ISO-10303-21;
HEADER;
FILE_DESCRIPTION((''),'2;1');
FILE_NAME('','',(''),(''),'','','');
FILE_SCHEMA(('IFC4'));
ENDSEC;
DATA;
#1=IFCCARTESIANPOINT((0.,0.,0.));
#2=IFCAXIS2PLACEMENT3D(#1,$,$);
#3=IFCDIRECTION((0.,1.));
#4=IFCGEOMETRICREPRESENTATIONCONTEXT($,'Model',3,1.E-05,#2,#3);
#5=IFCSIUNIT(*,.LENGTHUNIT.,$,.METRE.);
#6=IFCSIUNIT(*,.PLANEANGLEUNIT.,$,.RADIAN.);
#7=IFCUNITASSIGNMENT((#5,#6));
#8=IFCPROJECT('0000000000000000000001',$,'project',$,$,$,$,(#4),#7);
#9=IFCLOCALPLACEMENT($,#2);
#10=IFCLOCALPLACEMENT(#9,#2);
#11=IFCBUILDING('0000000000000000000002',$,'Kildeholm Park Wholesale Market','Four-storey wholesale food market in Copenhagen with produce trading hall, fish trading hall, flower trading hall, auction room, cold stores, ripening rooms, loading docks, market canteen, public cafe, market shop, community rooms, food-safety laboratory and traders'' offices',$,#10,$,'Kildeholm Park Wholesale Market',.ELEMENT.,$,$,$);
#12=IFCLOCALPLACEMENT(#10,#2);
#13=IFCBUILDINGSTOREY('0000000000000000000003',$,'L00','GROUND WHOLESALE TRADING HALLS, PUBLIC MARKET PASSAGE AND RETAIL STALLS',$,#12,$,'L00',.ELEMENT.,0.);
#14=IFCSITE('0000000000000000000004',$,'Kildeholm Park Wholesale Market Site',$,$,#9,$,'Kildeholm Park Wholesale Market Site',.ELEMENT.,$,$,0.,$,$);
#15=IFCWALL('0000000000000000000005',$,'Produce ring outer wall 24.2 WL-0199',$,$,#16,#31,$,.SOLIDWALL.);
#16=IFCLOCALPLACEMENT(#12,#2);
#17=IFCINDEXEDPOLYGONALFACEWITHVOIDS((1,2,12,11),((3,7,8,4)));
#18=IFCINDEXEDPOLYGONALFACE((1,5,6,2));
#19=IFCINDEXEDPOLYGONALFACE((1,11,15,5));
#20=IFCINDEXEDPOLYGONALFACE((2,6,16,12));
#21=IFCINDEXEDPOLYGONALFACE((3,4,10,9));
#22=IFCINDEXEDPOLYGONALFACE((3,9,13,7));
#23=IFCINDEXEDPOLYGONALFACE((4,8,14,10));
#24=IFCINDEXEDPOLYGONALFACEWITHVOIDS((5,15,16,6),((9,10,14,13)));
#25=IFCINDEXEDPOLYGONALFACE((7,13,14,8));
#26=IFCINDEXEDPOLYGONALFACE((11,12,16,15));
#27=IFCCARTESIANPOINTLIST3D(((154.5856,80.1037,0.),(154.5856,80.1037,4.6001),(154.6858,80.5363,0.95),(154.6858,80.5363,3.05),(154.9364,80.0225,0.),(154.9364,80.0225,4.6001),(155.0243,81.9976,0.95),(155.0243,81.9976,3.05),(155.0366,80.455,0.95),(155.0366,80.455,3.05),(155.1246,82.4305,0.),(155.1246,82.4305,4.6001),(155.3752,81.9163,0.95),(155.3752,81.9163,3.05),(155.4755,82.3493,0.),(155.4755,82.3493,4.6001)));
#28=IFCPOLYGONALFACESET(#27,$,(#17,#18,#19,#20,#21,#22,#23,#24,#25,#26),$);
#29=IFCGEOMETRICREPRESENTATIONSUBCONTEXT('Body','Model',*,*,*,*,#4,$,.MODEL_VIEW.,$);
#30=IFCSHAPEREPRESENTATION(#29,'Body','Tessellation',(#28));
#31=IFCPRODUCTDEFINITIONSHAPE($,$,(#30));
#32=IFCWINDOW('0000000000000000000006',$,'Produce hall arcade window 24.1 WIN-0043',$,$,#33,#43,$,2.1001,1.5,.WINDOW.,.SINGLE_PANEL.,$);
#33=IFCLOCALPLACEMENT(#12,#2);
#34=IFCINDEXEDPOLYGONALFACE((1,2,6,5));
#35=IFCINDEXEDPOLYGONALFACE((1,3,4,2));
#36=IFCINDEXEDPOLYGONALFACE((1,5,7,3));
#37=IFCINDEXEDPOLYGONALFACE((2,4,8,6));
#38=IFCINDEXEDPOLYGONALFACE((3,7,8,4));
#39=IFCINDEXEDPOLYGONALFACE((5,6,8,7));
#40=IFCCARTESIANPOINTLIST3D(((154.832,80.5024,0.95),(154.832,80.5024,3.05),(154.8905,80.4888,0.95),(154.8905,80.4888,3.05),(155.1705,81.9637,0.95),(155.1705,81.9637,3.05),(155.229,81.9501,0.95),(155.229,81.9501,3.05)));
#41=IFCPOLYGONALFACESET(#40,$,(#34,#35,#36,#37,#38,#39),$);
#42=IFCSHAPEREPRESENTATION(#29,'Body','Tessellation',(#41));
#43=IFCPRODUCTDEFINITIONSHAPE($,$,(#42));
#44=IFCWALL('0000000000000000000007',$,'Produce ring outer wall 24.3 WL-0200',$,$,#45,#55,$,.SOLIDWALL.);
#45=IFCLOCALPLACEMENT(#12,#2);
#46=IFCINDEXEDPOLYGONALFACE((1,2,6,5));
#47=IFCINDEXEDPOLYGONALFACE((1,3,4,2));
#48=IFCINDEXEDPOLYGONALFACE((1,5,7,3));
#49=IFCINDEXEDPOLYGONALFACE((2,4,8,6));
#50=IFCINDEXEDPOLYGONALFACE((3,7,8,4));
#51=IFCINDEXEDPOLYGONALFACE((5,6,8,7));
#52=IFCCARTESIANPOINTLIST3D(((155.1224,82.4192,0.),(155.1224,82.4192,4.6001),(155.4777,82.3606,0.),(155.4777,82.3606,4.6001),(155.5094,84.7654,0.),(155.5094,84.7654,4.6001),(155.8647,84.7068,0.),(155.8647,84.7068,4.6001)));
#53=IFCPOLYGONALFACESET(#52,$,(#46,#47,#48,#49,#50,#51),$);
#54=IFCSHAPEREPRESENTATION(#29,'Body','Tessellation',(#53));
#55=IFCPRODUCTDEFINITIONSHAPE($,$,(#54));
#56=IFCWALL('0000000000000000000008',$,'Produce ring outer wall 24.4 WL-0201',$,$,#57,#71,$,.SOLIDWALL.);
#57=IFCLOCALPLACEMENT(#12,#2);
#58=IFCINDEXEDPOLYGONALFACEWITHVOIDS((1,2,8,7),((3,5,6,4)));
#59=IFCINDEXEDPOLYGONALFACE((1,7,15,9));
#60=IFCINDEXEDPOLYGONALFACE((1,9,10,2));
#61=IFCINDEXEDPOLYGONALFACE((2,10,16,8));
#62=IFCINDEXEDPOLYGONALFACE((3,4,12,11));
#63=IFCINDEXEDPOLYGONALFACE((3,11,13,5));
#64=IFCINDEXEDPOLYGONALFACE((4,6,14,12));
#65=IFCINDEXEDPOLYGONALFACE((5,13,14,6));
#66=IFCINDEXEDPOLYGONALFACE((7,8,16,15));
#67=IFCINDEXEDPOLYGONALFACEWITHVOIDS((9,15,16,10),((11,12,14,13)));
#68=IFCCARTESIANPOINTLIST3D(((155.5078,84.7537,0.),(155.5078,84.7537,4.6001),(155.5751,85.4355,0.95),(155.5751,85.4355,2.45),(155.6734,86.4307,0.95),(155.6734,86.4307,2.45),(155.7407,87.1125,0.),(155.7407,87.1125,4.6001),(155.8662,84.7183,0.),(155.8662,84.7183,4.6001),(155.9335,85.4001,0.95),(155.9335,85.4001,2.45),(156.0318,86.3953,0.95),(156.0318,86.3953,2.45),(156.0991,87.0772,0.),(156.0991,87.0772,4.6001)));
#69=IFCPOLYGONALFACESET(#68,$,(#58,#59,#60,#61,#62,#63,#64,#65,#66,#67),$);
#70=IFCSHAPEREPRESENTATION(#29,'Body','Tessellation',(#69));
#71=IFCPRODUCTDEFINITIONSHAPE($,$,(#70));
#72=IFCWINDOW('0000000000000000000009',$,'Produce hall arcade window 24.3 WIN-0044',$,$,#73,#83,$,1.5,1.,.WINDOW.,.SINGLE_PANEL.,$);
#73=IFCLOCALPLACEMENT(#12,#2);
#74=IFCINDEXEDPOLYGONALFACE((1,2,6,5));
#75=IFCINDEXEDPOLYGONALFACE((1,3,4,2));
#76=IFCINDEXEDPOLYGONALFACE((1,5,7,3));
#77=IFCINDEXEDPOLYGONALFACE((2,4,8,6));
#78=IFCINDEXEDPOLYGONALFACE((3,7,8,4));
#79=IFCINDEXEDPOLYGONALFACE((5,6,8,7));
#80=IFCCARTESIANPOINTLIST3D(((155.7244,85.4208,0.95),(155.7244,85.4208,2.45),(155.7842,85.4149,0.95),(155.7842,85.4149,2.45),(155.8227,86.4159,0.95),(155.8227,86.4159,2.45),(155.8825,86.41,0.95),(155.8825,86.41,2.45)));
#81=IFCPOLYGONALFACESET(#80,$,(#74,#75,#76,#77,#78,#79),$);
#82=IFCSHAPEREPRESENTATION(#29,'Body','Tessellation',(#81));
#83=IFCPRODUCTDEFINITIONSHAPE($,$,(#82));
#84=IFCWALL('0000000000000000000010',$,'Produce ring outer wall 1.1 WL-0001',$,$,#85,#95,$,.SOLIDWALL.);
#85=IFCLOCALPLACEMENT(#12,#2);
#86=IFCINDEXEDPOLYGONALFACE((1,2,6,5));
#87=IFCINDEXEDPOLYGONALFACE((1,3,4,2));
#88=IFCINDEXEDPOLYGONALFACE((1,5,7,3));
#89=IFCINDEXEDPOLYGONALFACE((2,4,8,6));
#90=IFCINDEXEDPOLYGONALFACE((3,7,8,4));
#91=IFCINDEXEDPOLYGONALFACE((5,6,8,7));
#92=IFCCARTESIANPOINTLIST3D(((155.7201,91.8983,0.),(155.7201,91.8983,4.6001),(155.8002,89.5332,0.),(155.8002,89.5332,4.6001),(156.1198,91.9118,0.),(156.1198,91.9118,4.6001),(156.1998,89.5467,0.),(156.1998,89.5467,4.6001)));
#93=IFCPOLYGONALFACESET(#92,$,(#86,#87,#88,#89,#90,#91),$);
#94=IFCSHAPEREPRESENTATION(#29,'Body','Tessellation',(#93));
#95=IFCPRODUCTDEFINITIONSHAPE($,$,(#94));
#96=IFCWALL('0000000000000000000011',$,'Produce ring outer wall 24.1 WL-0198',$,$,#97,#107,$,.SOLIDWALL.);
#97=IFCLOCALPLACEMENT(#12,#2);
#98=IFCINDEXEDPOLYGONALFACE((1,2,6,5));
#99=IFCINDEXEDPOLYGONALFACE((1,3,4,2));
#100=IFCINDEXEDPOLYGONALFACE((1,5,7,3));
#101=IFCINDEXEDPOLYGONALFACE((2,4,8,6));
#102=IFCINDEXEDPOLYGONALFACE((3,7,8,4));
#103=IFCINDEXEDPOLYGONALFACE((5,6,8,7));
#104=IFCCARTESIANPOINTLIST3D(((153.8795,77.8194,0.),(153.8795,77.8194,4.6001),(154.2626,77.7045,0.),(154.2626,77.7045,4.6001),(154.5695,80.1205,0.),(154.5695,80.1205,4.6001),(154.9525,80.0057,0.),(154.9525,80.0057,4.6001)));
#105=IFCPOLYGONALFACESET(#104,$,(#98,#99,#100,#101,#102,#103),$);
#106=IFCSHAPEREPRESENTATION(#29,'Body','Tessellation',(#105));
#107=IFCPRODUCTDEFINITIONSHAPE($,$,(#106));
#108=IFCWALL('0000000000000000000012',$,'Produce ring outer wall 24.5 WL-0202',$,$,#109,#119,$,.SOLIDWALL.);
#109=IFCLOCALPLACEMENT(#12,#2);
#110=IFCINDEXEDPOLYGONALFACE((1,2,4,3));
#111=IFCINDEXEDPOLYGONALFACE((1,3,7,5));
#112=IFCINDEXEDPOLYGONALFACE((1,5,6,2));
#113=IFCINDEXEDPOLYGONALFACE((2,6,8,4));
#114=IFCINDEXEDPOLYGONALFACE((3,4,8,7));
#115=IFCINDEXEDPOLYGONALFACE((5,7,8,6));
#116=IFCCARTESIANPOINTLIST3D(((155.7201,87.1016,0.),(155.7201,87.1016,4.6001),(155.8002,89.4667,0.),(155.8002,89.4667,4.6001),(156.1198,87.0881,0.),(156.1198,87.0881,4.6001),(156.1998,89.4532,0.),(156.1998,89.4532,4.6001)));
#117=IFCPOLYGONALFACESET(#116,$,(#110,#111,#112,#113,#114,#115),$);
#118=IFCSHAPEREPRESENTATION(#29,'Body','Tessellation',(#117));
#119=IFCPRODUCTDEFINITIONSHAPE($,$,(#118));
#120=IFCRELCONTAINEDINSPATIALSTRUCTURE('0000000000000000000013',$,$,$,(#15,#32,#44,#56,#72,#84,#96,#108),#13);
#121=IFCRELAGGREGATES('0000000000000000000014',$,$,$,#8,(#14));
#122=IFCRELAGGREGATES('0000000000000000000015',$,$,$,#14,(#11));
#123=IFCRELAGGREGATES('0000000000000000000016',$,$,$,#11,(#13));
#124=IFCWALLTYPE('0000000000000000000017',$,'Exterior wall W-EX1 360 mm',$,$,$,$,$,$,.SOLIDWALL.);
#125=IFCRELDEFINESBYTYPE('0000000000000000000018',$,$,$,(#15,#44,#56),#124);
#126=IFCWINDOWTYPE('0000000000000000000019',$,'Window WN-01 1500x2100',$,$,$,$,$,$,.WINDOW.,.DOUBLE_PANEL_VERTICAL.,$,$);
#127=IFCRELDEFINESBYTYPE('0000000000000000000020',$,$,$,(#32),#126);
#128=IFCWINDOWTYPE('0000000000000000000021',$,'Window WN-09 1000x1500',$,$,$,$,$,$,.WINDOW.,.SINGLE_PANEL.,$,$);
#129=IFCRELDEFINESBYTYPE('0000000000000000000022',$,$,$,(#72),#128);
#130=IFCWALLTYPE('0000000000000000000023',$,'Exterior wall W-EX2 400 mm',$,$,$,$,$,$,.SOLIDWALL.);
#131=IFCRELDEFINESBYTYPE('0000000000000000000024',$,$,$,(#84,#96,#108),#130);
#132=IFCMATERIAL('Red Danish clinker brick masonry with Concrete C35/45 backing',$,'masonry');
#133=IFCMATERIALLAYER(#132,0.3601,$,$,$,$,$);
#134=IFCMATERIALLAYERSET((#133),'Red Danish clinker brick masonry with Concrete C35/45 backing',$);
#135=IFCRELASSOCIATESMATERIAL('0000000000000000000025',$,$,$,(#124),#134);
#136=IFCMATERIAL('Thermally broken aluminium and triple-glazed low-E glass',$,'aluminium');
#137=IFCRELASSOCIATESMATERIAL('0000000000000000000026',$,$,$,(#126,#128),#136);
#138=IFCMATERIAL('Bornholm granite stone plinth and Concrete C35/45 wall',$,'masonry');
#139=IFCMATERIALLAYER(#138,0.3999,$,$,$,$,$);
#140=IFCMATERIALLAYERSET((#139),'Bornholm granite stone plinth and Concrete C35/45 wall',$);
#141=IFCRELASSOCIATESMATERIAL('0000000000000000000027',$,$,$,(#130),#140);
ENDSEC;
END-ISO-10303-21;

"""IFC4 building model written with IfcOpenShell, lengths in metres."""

from ifc_helpers import new_model, si_unit, direction, frame, frame_2d, origin, place, context, subcontext, project, spatial, rectangle, extrude, material, layer, layer_set, type_object, element, fill, save


model = new_model("IFC4")

# Units and contexts
model_context = context("Model", 3, precision=1e-05, world=origin(), true_north=direction((0.0, 1.0)))
body_context = subcontext(model_context, "Body", "Model", "MODEL_VIEW")
ifc_project = project(units=[si_unit("LENGTHUNIT", "METRE"), si_unit("PLANEANGLEUNIT", "RADIAN")], contexts=[model_context])

# Site, building, storey
site_placement = place(None, origin())
site = spatial("IfcSite", under=ifc_project, at=site_placement, Name="Kildeholm Park Wholesale Market Site", LongName="Kildeholm Park Wholesale Market Site", CompositionType="ELEMENT", RefElevation=0.0)
building_placement = place(site_placement, origin())
building = spatial("IfcBuilding", under=site, at=building_placement, Name="Kildeholm Park Wholesale Market", Description="Four-storey wholesale food market in Copenhagen with produce trading hall, fish trading hall, flower trading hall, auction room, cold stores, ripening rooms, loading docks, market canteen, public cafe, market shop, community rooms, food-safety laboratory and traders' offices", LongName="Kildeholm Park Wholesale Market", CompositionType="ELEMENT")
storey_placement = place(building_placement, origin())
storey = spatial("IfcBuildingStorey", under=building, at=storey_placement, Name="L00", Description="GROUND WHOLESALE TRADING HALLS, PUBLIC MARKET PASSAGE AND RETAIL STALLS", LongName="L00", CompositionType="ELEMENT", Elevation=0.0)

# Wall, opening, window
ifc_material_1 = material(Name="Red Danish clinker brick masonry with Concrete C35/45 backing", Category="masonry")
ifc_layer_1 = layer(ifc_material_1, 0.3601)
ifc_layer_set_1 = layer_set([ifc_layer_1], Name="Red Danish clinker brick masonry with Concrete C35/45 backing")
wall_type_1 = type_object("IfcWallType", Name="Exterior wall W-EX1 360 mm", PredefinedType="SOLIDWALL", material=ifc_layer_set_1)
wall_1_placement = place(storey_placement, frame((154.761, 80.063, 0.0), z_axis=(0.0, 0.0, 1.0), x_axis=(0.225688, 0.9742, 0.0)))
wall_1 = element("IfcWall", 1, at=wall_1_placement, inside=storey, type_object=wall_type_1, Name="Produce ring outer wall 24.2 WL-0199", PredefinedType="SOLIDWALL", context=body_context, shape_type="SweptSolid", body=[
    extrude(rectangle(XDim=2.3884, YDim=0.3601, at=frame_2d((1.1943, 0.0))), origin(), (0.0, 0.0, 1.0), 4.6001),
])
opening_1_placement = place(wall_1_placement, frame((0.4441, 0.0, 0.95)))
opening_1 = element("IfcOpeningElement", 2, at=opening_1_placement, cuts=wall_1, PredefinedType="OPENING", context=body_context, shape_type="SweptSolid", body=[
    extrude(rectangle(XDim=1.5, YDim=2.1001, at=frame_2d((0.75, 1.05))), frame((0.0, 0.1899, 0.0), z_axis=(0.0, -1.0, 0.0), x_axis=(1.0, 0.0, 0.0)), (0.0, 0.0, 1.0), 0.3801),
])
ifc_material_2 = material(Name="Thermally broken aluminium and triple-glazed low-E glass", Category="aluminium")
window_type_1 = type_object("IfcWindowType", Name="Window WN-01 1500x2100", PartitioningType="DOUBLE_PANEL_VERTICAL", PredefinedType="WINDOW", material=ifc_material_2)
window_1_placement = place(opening_1_placement, origin())
window_1 = element("IfcWindow", 3, at=window_1_placement, inside=storey, type_object=window_type_1, Name="Produce hall arcade window 24.1 WIN-0043", OverallHeight=2.1001, OverallWidth=1.5, PartitioningType="SINGLE_PANEL", PredefinedType="WINDOW", context=body_context, shape_type="SweptSolid", body=[
    extrude(rectangle(XDim=1.5, YDim=2.1001, at=frame_2d((0.75, 1.05))), frame((0.0, 0.03, 0.0), z_axis=(0.0, -1.0, 0.0), x_axis=(1.0, 0.0, 0.0)), (0.0, 0.0, 1.0), 0.0601),
])
fill(opening_1, window_1)

# Wall
wall_2_placement = place(storey_placement, frame((155.3, 82.3899, 0.0), z_axis=(0.0, 0.0, 1.0), x_axis=(0.162734, 0.98667, 0.0)))
element("IfcWall", 4, at=wall_2_placement, inside=storey, type_object=wall_type_1, Name="Produce ring outer wall 24.3 WL-0200", PredefinedType="SOLIDWALL", context=body_context, shape_type="SweptSolid", body=[
    extrude(rectangle(XDim=2.3779, YDim=0.3601, at=frame_2d((1.189, 0.0))), origin(), (0.0, 0.0, 1.0), 4.6001),
])

# Wall, opening, window
wall_3_placement = place(storey_placement, frame((155.687, 84.7361, 0.0), z_axis=(0.0, 0.0, 1.0), x_axis=(0.09826, 0.995161, 0.0)))
wall_3 = element("IfcWall", 5, at=wall_3_placement, inside=storey, type_object=wall_type_1, Name="Produce ring outer wall 24.4 WL-0201", PredefinedType="SOLIDWALL", context=body_context, shape_type="SweptSolid", body=[
    extrude(rectangle(XDim=2.3704, YDim=0.3601, at=frame_2d((1.1851, 0.0))), origin(), (0.0, 0.0, 1.0), 4.6001),
])
opening_2_placement = place(wall_3_placement, frame((0.6851, 0.0, 0.95)))
opening_2 = element("IfcOpeningElement", 6, at=opening_2_placement, cuts=wall_3, PredefinedType="OPENING", context=body_context, shape_type="SweptSolid", body=[
    extrude(rectangle(XDim=1.0, YDim=1.5, at=frame_2d((0.5, 0.75))), frame((0.0, 0.1899, 0.0), z_axis=(0.0, -1.0, 0.0), x_axis=(1.0, 0.0, 0.0)), (0.0, 0.0, 1.0), 0.3801),
])
window_type_2 = type_object("IfcWindowType", Name="Window WN-09 1000x1500", PartitioningType="SINGLE_PANEL", PredefinedType="WINDOW", material=ifc_material_2)
window_2_placement = place(opening_2_placement, origin())
window_2 = element("IfcWindow", 7, at=window_2_placement, inside=storey, type_object=window_type_2, Name="Produce hall arcade window 24.3 WIN-0044", OverallHeight=1.5, OverallWidth=1.0, PartitioningType="SINGLE_PANEL", PredefinedType="WINDOW", context=body_context, shape_type="SweptSolid", body=[
    extrude(rectangle(XDim=1.0, YDim=1.5, at=frame_2d((0.5, 0.75))), frame((0.0, 0.03, 0.0), z_axis=(0.0, -1.0, 0.0), x_axis=(1.0, 0.0, 0.0)), (0.0, 0.0, 1.0), 0.0601),
])
fill(opening_2, window_2)

# Walls
ifc_material_3 = material(Name="Bornholm granite stone plinth and Concrete C35/45 wall", Category="masonry")
ifc_layer_2 = layer(ifc_material_3, 0.3999)
ifc_layer_set_2 = layer_set([ifc_layer_2], Name="Bornholm granite stone plinth and Concrete C35/45 wall")
wall_type_2 = type_object("IfcWallType", Name="Exterior wall W-EX2 400 mm", PredefinedType="SOLIDWALL", material=ifc_layer_set_2)
wall_4_placement = place(storey_placement, frame((156.0, 89.54, 0.0), z_axis=(0.0, 0.0, 1.0), x_axis=(-0.03384, 0.999427, 0.0)))
element("IfcWall", 8, at=wall_4_placement, inside=storey, type_object=wall_type_2, Name="Produce ring outer wall 1.1 WL-0001", PredefinedType="SOLIDWALL", context=body_context, shape_type="SweptSolid", body=[
    extrude(rectangle(XDim=2.3665, YDim=0.3999, at=frame_2d((1.1831, 0.0))), origin(), (0.0, 0.0, 1.0), 4.6001),
])
wall_5_placement = place(storey_placement, frame((154.071, 77.762, 0.0), z_axis=(0.0, 0.0, 1.0), x_axis=(0.287208, 0.957868, 0.0)))
element("IfcWall", 9, at=wall_5_placement, inside=storey, type_object=wall_type_2, Name="Produce ring outer wall 24.1 WL-0198", PredefinedType="SOLIDWALL", context=body_context, shape_type="SweptSolid", body=[
    extrude(rectangle(XDim=2.4023, YDim=0.3999, at=frame_2d((1.2012, 0.0))), origin(), (0.0, 0.0, 1.0), 4.6001),
])
wall_6_placement = place(storey_placement, frame((155.9199, 87.095, 0.0), z_axis=(0.0, 0.0, 1.0), x_axis=(0.03384, 0.999427, 0.0)))
element("IfcWall", 10, at=wall_6_placement, inside=storey, type_object=wall_type_2, Name="Produce ring outer wall 24.5 WL-0202", PredefinedType="SOLIDWALL", context=body_context, shape_type="SweptSolid", body=[
    extrude(rectangle(XDim=2.3665, YDim=0.3999, at=frame_2d((1.1831, 0.0))), origin(), (0.0, 0.0, 1.0), 4.6001),
])

save(model, "model.ifc")
